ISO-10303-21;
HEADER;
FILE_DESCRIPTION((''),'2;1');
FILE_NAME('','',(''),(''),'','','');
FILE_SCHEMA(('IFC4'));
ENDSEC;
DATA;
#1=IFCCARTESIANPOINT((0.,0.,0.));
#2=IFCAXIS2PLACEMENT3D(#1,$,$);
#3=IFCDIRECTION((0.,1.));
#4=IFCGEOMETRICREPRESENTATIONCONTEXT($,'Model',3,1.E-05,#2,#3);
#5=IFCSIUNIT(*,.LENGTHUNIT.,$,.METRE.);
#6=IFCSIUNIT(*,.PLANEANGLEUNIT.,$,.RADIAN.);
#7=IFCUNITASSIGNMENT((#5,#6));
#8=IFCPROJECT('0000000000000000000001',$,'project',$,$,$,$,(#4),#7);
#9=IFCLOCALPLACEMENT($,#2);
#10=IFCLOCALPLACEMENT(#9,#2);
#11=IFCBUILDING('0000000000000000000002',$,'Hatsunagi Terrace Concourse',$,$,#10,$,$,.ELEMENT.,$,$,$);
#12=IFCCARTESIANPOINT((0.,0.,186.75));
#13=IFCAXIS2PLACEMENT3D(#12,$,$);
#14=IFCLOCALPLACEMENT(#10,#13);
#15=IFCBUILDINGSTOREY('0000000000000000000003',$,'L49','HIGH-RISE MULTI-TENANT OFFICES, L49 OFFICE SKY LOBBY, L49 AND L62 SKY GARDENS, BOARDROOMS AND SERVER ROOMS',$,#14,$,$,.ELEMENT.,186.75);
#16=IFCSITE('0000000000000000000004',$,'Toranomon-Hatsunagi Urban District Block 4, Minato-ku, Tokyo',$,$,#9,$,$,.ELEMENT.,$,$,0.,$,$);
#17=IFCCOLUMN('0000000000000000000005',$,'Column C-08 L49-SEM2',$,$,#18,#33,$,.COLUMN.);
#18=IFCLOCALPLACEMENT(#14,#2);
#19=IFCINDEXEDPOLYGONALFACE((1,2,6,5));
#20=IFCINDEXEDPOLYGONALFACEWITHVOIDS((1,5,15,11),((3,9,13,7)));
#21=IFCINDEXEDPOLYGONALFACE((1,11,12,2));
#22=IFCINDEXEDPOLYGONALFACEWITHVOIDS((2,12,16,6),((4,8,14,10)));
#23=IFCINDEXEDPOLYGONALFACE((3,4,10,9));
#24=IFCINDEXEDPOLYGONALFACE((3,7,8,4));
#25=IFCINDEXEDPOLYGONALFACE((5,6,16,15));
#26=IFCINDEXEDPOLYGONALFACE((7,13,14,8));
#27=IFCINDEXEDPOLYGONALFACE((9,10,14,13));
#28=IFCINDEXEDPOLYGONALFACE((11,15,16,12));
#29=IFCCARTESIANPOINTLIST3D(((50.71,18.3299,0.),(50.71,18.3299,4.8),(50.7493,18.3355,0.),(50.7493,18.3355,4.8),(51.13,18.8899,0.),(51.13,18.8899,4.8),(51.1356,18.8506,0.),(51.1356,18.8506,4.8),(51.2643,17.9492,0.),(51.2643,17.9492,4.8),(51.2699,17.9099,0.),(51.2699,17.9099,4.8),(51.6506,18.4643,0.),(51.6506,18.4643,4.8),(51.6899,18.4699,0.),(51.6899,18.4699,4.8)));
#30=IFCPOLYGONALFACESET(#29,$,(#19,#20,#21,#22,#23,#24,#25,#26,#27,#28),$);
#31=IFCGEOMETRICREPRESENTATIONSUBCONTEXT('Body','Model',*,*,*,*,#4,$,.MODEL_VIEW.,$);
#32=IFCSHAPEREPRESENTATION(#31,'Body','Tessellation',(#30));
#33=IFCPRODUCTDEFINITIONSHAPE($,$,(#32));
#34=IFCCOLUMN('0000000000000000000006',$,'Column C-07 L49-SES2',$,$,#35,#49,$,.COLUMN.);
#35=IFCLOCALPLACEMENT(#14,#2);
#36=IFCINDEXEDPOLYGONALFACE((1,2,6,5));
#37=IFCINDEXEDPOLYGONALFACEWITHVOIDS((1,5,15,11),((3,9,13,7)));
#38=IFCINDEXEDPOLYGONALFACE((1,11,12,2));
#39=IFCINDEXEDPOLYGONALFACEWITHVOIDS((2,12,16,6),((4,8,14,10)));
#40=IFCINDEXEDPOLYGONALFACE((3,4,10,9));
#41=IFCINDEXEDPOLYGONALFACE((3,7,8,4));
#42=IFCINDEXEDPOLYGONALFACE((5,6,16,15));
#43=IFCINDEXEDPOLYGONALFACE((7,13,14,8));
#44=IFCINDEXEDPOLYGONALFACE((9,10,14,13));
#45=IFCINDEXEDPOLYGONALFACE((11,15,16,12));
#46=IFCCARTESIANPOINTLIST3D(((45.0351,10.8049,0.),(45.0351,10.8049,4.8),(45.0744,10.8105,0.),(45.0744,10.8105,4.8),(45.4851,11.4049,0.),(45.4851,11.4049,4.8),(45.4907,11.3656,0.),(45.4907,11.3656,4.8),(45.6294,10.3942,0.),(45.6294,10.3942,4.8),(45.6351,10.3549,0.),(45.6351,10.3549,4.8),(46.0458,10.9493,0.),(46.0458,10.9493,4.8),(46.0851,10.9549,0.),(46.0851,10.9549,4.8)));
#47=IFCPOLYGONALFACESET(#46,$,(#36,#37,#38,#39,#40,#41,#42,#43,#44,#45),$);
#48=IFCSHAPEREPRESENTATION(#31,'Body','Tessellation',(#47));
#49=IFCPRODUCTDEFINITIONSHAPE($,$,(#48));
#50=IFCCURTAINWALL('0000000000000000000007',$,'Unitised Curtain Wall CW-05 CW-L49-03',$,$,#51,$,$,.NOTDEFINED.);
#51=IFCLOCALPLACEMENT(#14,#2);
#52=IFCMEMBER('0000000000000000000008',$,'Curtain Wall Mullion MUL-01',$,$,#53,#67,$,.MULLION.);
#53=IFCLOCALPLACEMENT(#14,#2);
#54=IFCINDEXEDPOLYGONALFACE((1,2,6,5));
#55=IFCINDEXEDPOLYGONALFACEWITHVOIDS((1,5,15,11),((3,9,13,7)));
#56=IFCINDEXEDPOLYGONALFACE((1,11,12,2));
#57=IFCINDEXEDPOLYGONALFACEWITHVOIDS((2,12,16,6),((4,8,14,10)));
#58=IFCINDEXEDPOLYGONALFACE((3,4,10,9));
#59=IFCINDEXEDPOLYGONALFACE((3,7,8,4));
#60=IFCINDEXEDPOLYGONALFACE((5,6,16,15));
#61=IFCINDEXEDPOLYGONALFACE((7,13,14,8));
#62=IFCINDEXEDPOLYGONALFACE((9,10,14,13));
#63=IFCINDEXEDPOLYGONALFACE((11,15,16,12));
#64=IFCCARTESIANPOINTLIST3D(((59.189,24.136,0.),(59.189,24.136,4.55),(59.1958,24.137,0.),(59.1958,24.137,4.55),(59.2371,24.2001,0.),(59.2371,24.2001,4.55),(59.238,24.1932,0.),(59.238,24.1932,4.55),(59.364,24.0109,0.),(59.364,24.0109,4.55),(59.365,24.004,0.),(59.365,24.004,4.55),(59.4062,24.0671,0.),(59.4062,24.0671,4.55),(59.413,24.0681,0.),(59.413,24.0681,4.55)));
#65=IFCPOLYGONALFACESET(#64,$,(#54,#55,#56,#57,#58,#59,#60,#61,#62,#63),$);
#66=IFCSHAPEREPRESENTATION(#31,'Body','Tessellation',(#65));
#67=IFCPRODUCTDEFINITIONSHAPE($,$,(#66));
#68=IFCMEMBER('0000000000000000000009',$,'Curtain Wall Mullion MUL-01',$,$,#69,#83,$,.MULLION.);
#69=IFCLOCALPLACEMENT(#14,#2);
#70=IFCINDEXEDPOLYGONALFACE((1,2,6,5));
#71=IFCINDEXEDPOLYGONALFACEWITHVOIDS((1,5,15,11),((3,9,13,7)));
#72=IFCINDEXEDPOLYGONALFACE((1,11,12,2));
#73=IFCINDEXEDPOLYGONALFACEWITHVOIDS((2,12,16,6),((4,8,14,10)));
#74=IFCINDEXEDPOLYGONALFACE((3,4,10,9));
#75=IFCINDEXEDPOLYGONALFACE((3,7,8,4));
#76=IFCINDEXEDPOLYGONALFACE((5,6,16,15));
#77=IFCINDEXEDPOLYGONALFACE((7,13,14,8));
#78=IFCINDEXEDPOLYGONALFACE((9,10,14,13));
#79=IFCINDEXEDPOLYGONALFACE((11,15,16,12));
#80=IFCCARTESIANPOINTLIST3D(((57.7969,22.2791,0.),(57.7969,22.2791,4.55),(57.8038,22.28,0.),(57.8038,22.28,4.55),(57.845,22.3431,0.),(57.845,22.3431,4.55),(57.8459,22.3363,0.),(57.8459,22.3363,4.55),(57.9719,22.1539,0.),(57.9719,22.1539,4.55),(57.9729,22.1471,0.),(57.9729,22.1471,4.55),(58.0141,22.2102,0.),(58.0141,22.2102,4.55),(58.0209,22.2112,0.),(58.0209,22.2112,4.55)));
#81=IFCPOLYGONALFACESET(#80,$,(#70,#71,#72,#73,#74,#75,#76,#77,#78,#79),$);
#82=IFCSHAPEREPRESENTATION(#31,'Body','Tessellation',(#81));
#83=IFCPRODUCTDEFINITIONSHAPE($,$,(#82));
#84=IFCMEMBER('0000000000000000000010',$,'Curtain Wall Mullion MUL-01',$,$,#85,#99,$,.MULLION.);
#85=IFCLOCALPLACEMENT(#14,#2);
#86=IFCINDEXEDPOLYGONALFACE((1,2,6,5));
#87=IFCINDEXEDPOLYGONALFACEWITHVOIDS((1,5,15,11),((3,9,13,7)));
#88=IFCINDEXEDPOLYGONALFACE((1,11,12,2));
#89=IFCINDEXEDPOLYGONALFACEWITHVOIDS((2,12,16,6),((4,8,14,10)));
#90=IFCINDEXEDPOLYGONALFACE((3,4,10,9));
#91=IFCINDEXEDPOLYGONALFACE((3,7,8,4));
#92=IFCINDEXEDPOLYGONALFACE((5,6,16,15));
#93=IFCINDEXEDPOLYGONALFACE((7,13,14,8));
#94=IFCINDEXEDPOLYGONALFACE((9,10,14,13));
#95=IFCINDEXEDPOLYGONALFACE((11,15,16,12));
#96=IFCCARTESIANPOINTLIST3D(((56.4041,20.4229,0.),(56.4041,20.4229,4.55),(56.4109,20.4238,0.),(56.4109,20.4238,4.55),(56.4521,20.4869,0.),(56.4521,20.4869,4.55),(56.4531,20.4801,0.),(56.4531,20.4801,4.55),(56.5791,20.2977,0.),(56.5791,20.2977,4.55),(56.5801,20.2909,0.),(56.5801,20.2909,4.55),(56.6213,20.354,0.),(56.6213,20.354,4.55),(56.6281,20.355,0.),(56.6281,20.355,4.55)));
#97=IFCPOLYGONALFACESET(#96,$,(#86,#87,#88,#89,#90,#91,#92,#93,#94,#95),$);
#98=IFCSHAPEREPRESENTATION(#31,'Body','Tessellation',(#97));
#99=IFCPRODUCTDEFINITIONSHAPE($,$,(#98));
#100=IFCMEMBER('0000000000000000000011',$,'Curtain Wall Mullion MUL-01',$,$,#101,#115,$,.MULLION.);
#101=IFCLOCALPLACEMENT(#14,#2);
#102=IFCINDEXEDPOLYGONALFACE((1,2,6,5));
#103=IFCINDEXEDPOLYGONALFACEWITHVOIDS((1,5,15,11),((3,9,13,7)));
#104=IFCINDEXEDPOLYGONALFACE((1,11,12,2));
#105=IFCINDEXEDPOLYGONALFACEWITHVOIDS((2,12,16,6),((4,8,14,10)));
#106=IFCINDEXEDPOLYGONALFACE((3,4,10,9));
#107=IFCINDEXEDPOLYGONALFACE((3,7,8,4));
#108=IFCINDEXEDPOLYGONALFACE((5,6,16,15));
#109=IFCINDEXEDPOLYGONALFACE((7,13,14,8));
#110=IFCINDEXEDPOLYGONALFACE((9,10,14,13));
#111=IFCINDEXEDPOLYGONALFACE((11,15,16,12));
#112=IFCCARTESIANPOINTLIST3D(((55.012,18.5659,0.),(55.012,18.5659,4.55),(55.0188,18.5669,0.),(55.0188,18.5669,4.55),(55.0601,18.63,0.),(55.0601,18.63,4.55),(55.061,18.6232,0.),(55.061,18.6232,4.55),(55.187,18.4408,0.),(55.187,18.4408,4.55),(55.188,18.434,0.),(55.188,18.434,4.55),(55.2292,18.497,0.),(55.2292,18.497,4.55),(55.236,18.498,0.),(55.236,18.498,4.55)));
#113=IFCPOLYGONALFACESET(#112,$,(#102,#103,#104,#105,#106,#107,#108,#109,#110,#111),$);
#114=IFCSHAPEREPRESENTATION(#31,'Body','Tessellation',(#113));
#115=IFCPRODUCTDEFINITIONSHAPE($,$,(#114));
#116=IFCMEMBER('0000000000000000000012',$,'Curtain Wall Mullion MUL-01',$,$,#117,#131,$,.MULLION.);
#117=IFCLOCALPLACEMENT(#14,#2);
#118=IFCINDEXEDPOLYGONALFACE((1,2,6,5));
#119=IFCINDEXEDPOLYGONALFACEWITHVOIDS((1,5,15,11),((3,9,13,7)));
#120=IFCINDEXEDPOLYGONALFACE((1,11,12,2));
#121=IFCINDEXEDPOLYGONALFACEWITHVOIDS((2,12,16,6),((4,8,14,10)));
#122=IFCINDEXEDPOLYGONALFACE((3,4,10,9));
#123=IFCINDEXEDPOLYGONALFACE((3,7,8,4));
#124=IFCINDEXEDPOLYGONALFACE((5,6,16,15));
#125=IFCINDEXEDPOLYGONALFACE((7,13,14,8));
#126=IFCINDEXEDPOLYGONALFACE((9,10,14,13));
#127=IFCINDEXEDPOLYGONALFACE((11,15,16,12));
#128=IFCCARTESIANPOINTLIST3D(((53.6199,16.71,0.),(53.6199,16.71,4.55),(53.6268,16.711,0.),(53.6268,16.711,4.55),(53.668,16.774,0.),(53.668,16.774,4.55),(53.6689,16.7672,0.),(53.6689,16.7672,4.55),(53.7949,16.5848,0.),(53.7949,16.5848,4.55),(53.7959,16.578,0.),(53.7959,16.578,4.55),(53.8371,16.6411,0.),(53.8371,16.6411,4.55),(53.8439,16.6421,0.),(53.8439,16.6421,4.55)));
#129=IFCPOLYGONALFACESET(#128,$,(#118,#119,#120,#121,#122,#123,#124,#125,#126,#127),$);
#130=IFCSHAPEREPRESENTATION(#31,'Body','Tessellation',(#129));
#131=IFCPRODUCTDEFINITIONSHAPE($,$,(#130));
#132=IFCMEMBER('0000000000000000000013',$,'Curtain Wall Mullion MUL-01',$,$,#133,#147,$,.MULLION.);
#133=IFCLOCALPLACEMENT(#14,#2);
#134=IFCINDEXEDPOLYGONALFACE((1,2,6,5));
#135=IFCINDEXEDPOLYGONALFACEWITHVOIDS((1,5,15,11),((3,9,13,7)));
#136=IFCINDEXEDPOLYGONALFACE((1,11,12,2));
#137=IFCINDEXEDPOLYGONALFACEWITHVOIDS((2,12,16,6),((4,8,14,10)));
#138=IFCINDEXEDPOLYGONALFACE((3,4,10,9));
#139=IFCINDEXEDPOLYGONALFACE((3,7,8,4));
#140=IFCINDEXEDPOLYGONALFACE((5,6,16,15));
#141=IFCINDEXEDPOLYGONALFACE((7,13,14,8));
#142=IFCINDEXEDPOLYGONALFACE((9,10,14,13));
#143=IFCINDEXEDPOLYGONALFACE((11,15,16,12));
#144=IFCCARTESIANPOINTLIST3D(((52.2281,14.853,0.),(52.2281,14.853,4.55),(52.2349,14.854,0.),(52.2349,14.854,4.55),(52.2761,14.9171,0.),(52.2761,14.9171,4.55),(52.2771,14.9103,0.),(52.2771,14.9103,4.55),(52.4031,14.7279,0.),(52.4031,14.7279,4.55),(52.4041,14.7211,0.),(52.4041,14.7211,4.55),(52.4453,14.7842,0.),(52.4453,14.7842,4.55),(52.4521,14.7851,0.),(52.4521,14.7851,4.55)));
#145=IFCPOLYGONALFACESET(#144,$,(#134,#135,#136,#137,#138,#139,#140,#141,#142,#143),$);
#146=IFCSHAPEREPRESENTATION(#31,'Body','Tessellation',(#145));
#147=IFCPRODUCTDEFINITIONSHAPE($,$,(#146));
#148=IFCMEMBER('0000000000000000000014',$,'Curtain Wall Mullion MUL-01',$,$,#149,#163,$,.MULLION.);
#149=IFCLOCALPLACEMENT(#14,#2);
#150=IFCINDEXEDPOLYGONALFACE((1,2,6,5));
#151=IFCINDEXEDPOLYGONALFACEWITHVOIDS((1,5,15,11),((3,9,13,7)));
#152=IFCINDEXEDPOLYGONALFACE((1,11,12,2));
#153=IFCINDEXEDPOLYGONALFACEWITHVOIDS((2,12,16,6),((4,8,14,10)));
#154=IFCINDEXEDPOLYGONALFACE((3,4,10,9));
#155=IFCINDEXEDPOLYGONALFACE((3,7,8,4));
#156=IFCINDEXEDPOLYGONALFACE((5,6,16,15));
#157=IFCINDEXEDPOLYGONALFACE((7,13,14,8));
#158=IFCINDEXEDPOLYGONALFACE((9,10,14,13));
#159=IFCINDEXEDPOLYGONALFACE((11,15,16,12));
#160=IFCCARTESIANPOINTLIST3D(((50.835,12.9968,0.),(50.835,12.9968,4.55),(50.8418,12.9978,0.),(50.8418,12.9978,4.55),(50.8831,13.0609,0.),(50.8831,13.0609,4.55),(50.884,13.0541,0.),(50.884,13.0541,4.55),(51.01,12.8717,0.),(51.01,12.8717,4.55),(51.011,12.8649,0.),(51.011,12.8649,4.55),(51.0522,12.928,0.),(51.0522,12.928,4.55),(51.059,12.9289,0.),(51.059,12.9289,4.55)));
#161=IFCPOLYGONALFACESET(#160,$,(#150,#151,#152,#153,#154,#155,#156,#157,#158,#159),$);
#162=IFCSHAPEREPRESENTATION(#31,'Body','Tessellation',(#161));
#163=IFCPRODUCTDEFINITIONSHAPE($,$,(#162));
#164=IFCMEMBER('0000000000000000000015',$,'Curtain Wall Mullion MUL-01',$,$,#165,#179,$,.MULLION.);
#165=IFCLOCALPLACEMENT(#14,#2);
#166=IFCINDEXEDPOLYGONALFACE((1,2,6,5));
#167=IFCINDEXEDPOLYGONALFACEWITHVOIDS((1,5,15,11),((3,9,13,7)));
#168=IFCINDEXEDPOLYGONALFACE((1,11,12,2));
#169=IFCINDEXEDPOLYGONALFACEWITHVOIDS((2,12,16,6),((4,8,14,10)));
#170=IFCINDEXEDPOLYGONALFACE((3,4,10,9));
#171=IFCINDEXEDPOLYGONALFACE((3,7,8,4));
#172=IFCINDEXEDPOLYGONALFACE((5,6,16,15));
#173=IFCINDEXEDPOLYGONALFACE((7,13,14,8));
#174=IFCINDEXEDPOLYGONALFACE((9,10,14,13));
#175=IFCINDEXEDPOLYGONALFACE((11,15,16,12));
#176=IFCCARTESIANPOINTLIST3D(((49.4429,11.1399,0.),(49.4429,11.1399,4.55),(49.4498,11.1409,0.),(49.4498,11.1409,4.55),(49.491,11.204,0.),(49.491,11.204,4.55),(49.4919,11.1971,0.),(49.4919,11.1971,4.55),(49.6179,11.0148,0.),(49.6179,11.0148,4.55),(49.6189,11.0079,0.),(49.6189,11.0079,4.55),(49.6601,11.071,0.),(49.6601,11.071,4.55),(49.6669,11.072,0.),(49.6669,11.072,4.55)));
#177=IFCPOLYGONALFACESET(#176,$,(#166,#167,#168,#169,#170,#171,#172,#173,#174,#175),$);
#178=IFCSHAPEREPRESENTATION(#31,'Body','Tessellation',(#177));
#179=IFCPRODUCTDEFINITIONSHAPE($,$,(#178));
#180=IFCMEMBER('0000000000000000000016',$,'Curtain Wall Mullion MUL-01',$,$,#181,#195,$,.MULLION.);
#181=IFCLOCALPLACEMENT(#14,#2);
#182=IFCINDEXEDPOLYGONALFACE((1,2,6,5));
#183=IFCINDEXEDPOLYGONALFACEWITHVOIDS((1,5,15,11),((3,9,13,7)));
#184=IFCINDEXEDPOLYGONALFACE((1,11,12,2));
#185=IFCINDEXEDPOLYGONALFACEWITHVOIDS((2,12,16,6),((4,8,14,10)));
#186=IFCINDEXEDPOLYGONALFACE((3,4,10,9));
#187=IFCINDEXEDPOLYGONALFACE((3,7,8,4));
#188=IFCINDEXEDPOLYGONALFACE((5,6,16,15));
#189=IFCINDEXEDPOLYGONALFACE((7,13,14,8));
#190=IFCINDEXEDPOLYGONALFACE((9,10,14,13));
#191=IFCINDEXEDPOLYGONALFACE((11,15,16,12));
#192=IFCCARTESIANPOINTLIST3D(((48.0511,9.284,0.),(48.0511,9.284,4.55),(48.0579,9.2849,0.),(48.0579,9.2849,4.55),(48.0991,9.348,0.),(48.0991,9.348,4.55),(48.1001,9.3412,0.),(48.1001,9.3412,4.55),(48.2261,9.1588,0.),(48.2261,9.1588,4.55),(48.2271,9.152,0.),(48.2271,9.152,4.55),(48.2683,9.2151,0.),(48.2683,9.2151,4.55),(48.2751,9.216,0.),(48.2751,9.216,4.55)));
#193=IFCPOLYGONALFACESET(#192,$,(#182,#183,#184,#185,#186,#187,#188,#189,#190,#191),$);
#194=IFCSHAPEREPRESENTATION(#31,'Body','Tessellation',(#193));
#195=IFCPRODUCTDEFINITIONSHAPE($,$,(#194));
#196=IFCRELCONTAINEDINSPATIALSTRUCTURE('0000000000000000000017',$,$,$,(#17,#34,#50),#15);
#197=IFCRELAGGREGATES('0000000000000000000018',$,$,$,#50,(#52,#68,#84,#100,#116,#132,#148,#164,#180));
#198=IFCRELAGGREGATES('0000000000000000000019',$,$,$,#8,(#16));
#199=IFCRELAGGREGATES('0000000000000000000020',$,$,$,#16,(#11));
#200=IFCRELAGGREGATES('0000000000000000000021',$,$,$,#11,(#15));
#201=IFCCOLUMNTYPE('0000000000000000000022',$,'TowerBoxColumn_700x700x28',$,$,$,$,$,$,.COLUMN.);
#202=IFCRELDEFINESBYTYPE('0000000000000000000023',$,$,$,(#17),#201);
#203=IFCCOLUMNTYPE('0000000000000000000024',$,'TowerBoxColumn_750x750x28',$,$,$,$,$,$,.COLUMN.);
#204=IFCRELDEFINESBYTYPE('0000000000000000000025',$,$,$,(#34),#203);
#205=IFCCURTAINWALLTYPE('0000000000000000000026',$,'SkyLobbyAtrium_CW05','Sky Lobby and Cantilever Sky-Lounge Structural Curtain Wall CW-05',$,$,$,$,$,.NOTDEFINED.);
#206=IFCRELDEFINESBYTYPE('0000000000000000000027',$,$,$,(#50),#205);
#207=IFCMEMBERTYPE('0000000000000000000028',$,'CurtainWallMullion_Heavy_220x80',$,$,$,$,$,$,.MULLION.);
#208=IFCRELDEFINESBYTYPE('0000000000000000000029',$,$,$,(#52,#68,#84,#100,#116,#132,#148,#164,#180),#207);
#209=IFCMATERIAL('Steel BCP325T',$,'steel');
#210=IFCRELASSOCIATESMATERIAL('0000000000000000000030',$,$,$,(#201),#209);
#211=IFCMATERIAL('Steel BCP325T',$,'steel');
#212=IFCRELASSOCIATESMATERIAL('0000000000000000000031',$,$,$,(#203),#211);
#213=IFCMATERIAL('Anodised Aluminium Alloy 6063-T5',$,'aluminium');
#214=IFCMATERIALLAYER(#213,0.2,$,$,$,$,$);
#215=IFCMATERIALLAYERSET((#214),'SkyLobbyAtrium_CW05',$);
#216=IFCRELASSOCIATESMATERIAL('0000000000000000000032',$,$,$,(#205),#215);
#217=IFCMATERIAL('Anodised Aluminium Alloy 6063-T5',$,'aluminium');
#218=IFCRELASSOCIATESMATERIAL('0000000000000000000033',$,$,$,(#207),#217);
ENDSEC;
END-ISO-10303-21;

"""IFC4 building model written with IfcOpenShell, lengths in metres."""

from ifc_helpers import new_model, si_unit, direction, frame, origin, origin_2d, place, context, subcontext, project, spatial, hollow_rectangle, extrude, material, layer, layer_set, material_profile, profile_set, type_object, element, aggregate, save


model = new_model("IFC4")

# Units and contexts
model_context = context("Model", 3, precision=1e-05, world=origin(), true_north=direction((0.0, 1.0)))
body_context = subcontext(model_context, "Body", "Model", "MODEL_VIEW")
ifc_project = project(units=[si_unit("LENGTHUNIT", "METRE"), si_unit("PLANEANGLEUNIT", "RADIAN")], contexts=[model_context])

# Site, building, storey
site_placement = place(None, origin())
site = spatial("IfcSite", under=ifc_project, at=site_placement, Name="Toranomon-Hatsunagi Urban District Block 4, Minato-ku, Tokyo", CompositionType="ELEMENT", RefElevation=0.0)
building_placement = place(site_placement, origin())
building = spatial("IfcBuilding", under=site, at=building_placement, Name="Hatsunagi Terrace Concourse", CompositionType="ELEMENT")
storey_placement = place(building_placement, frame((0.0, 0.0, 186.75)))
storey = spatial("IfcBuildingStorey", under=building, at=storey_placement, Name="L49", Description="HIGH-RISE MULTI-TENANT OFFICES, L49 OFFICE SKY LOBBY, L49 AND L62 SKY GARDENS, BOARDROOMS AND SERVER ROOMS", CompositionType="ELEMENT", Elevation=186.75)

# Columns
ifc_material_1 = material(Name="Steel BCP325T", Category="steel")
ifc_material_profile_1 = material_profile(ifc_material_1, hollow_rectangle(XDim=0.7, YDim=0.7, WallThickness=0.0281, at=origin_2d()), Name="BCP-700x700x28")
ifc_profile_set_1 = profile_set([ifc_material_profile_1], Name="Steel BCP325T")
column_type_1 = type_object("IfcColumnType", Name="TowerBoxColumn_700x700x28", PredefinedType="COLUMN", material=ifc_profile_set_1)
column_1_placement = place(storey_placement, frame((51.2, 18.3999, 0.0), z_axis=(0.0, 0.0, 1.0), x_axis=(0.8, -0.6, 0.0)))
element("IfcColumn", 1, at=column_1_placement, inside=storey, type_object=column_type_1, Name="Column C-08 L49-SEM2", PredefinedType="COLUMN", context=body_context, shape_type="SweptSolid", body=[
    extrude(hollow_rectangle(XDim=0.7, YDim=0.7, WallThickness=0.0281, at=origin_2d()), origin(), (0.0, 0.0, 1.0), 4.8),
])
ifc_material_2 = material(Name="Steel BCP325T", Category="steel")
ifc_material_profile_2 = material_profile(ifc_material_2, hollow_rectangle(XDim=0.75, YDim=0.75, WallThickness=0.0281, at=origin_2d()), Name="BCP-750x750x28")
ifc_profile_set_2 = profile_set([ifc_material_profile_2], Name="Steel BCP325T")
column_type_2 = type_object("IfcColumnType", Name="TowerBoxColumn_750x750x28", PredefinedType="COLUMN", material=ifc_profile_set_2)
column_2_placement = place(storey_placement, frame((45.5601, 10.8799, 0.0), z_axis=(0.0, 0.0, 1.0), x_axis=(0.8, -0.6, 0.0)))
element("IfcColumn", 2, at=column_2_placement, inside=storey, type_object=column_type_2, Name="Column C-07 L49-SES2", PredefinedType="COLUMN", context=body_context, shape_type="SweptSolid", body=[
    extrude(hollow_rectangle(XDim=0.75, YDim=0.75, WallThickness=0.0281, at=origin_2d()), origin(), (0.0, 0.0, 1.0), 4.8),
])

# Curtain wall, members
ifc_material_3 = material(Name="Anodised Aluminium Alloy 6063-T5", Category="aluminium")
ifc_layer_1 = layer(ifc_material_3, 0.2)
ifc_layer_set_1 = layer_set([ifc_layer_1], Name="SkyLobbyAtrium_CW05")
curtain_wall_type = type_object("IfcCurtainWallType", Name="SkyLobbyAtrium_CW05", Description="Sky Lobby and Cantilever Sky-Lounge Structural Curtain Wall CW-05", PredefinedType="NOTDEFINED", material=ifc_layer_set_1)
curtain_wall_1_placement = place(storey_placement, origin())
curtain_wall_1 = element("IfcCurtainWall", 3, at=curtain_wall_1_placement, inside=storey, type_object=curtain_wall_type, Name="Unitised Curtain Wall CW-05 CW-L49-03", PredefinedType="NOTDEFINED")
ifc_material_4 = material(Name="Anodised Aluminium Alloy 6063-T5", Category="aluminium")
ifc_material_profile_3 = material_profile(ifc_material_4, hollow_rectangle(XDim=0.0801, YDim=0.22, WallThickness=0.0049, at=origin_2d()), Name="ALU-MUL-220x80x5")
ifc_profile_set_3 = profile_set([ifc_material_profile_3], Name="Anodised Aluminium Alloy 6063-T5")
member_type_1 = type_object("IfcMemberType", Name="CurtainWallMullion_Heavy_220x80", PredefinedType="MULLION", material=ifc_profile_set_3)
member_1_placement = place(storey_placement, frame((59.301, 24.1021, 0.0), z_axis=(0.0, 0.0, 1.0), x_axis=(-0.599969, -0.800023, 0.0)))
member_1 = element("IfcMember", 4, at=member_1_placement, type_object=member_type_1, Name="Curtain Wall Mullion MUL-01", PredefinedType="MULLION", context=body_context, shape_type="SweptSolid", body=[
    extrude(hollow_rectangle(XDim=0.0801, YDim=0.22, WallThickness=0.0049, at=origin_2d()), origin(), (0.0, 0.0, 1.0), 4.55),
])
member_2_placement = place(storey_placement, frame((57.9089, 22.2451, 0.0), z_axis=(0.0, 0.0, 1.0), x_axis=(-0.599969, -0.800023, 0.0)))
member_2 = element("IfcMember", 5, at=member_2_placement, type_object=member_type_1, Name="Curtain Wall Mullion MUL-01", PredefinedType="MULLION", context=body_context, shape_type="SweptSolid", body=[
    extrude(hollow_rectangle(XDim=0.0801, YDim=0.22, WallThickness=0.0049, at=origin_2d()), origin(), (0.0, 0.0, 1.0), 4.55),
])
member_3_placement = place(storey_placement, frame((56.5161, 20.3889, 0.0), z_axis=(0.0, 0.0, 1.0), x_axis=(-0.599969, -0.800023, 0.0)))
member_3 = element("IfcMember", 6, at=member_3_placement, type_object=member_type_1, Name="Curtain Wall Mullion MUL-01", PredefinedType="MULLION", context=body_context, shape_type="SweptSolid", body=[
    extrude(hollow_rectangle(XDim=0.0801, YDim=0.22, WallThickness=0.0049, at=origin_2d()), origin(), (0.0, 0.0, 1.0), 4.55),
])
member_4_placement = place(storey_placement, frame((55.124, 18.532, 0.0), z_axis=(0.0, 0.0, 1.0), x_axis=(-0.599969, -0.800023, 0.0)))
member_4 = element("IfcMember", 7, at=member_4_placement, type_object=member_type_1, Name="Curtain Wall Mullion MUL-01", PredefinedType="MULLION", context=body_context, shape_type="SweptSolid", body=[
    extrude(hollow_rectangle(XDim=0.0801, YDim=0.22, WallThickness=0.0049, at=origin_2d()), origin(), (0.0, 0.0, 1.0), 4.55),
])
member_5_placement = place(storey_placement, frame((53.7319, 16.676, 0.0), z_axis=(0.0, 0.0, 1.0), x_axis=(-0.599969, -0.800023, 0.0)))
member_5 = element("IfcMember", 8, at=member_5_placement, type_object=member_type_1, Name="Curtain Wall Mullion MUL-01", PredefinedType="MULLION", context=body_context, shape_type="SweptSolid", body=[
    extrude(hollow_rectangle(XDim=0.0801, YDim=0.22, WallThickness=0.0049, at=origin_2d()), origin(), (0.0, 0.0, 1.0), 4.55),
])
member_6_placement = place(storey_placement, frame((52.3401, 14.8191, 0.0), z_axis=(0.0, 0.0, 1.0), x_axis=(-0.599969, -0.800023, 0.0)))
member_6 = element("IfcMember", 9, at=member_6_placement, type_object=member_type_1, Name="Curtain Wall Mullion MUL-01", PredefinedType="MULLION", context=body_context, shape_type="SweptSolid", body=[
    extrude(hollow_rectangle(XDim=0.0801, YDim=0.22, WallThickness=0.0049, at=origin_2d()), origin(), (0.0, 0.0, 1.0), 4.55),
])
member_7_placement = place(storey_placement, frame((50.947, 12.9629, 0.0), z_axis=(0.0, 0.0, 1.0), x_axis=(-0.599969, -0.800023, 0.0)))
member_7 = element("IfcMember", 10, at=member_7_placement, type_object=member_type_1, Name="Curtain Wall Mullion MUL-01", PredefinedType="MULLION", context=body_context, shape_type="SweptSolid", body=[
    extrude(hollow_rectangle(XDim=0.0801, YDim=0.22, WallThickness=0.0049, at=origin_2d()), origin(), (0.0, 0.0, 1.0), 4.55),
])
member_8_placement = place(storey_placement, frame((49.5549, 11.106, 0.0), z_axis=(0.0, 0.0, 1.0), x_axis=(-0.599969, -0.800023, 0.0)))
member_8 = element("IfcMember", 11, at=member_8_placement, type_object=member_type_1, Name="Curtain Wall Mullion MUL-01", PredefinedType="MULLION", context=body_context, shape_type="SweptSolid", body=[
    extrude(hollow_rectangle(XDim=0.0801, YDim=0.22, WallThickness=0.0049, at=origin_2d()), origin(), (0.0, 0.0, 1.0), 4.55),
])
member_9_placement = place(storey_placement, frame((48.1631, 9.25, 0.0), z_axis=(0.0, 0.0, 1.0), x_axis=(-0.599969, -0.800023, 0.0)))
member_9 = element("IfcMember", 12, at=member_9_placement, type_object=member_type_1, Name="Curtain Wall Mullion MUL-01", PredefinedType="MULLION", context=body_context, shape_type="SweptSolid", body=[
    extrude(hollow_rectangle(XDim=0.0801, YDim=0.22, WallThickness=0.0049, at=origin_2d()), origin(), (0.0, 0.0, 1.0), 4.55),
])

aggregate(curtain_wall_1, [member_1, member_2, member_3, member_4, member_5, member_6, member_7, member_8, member_9])

save(model, "model.ifc")
